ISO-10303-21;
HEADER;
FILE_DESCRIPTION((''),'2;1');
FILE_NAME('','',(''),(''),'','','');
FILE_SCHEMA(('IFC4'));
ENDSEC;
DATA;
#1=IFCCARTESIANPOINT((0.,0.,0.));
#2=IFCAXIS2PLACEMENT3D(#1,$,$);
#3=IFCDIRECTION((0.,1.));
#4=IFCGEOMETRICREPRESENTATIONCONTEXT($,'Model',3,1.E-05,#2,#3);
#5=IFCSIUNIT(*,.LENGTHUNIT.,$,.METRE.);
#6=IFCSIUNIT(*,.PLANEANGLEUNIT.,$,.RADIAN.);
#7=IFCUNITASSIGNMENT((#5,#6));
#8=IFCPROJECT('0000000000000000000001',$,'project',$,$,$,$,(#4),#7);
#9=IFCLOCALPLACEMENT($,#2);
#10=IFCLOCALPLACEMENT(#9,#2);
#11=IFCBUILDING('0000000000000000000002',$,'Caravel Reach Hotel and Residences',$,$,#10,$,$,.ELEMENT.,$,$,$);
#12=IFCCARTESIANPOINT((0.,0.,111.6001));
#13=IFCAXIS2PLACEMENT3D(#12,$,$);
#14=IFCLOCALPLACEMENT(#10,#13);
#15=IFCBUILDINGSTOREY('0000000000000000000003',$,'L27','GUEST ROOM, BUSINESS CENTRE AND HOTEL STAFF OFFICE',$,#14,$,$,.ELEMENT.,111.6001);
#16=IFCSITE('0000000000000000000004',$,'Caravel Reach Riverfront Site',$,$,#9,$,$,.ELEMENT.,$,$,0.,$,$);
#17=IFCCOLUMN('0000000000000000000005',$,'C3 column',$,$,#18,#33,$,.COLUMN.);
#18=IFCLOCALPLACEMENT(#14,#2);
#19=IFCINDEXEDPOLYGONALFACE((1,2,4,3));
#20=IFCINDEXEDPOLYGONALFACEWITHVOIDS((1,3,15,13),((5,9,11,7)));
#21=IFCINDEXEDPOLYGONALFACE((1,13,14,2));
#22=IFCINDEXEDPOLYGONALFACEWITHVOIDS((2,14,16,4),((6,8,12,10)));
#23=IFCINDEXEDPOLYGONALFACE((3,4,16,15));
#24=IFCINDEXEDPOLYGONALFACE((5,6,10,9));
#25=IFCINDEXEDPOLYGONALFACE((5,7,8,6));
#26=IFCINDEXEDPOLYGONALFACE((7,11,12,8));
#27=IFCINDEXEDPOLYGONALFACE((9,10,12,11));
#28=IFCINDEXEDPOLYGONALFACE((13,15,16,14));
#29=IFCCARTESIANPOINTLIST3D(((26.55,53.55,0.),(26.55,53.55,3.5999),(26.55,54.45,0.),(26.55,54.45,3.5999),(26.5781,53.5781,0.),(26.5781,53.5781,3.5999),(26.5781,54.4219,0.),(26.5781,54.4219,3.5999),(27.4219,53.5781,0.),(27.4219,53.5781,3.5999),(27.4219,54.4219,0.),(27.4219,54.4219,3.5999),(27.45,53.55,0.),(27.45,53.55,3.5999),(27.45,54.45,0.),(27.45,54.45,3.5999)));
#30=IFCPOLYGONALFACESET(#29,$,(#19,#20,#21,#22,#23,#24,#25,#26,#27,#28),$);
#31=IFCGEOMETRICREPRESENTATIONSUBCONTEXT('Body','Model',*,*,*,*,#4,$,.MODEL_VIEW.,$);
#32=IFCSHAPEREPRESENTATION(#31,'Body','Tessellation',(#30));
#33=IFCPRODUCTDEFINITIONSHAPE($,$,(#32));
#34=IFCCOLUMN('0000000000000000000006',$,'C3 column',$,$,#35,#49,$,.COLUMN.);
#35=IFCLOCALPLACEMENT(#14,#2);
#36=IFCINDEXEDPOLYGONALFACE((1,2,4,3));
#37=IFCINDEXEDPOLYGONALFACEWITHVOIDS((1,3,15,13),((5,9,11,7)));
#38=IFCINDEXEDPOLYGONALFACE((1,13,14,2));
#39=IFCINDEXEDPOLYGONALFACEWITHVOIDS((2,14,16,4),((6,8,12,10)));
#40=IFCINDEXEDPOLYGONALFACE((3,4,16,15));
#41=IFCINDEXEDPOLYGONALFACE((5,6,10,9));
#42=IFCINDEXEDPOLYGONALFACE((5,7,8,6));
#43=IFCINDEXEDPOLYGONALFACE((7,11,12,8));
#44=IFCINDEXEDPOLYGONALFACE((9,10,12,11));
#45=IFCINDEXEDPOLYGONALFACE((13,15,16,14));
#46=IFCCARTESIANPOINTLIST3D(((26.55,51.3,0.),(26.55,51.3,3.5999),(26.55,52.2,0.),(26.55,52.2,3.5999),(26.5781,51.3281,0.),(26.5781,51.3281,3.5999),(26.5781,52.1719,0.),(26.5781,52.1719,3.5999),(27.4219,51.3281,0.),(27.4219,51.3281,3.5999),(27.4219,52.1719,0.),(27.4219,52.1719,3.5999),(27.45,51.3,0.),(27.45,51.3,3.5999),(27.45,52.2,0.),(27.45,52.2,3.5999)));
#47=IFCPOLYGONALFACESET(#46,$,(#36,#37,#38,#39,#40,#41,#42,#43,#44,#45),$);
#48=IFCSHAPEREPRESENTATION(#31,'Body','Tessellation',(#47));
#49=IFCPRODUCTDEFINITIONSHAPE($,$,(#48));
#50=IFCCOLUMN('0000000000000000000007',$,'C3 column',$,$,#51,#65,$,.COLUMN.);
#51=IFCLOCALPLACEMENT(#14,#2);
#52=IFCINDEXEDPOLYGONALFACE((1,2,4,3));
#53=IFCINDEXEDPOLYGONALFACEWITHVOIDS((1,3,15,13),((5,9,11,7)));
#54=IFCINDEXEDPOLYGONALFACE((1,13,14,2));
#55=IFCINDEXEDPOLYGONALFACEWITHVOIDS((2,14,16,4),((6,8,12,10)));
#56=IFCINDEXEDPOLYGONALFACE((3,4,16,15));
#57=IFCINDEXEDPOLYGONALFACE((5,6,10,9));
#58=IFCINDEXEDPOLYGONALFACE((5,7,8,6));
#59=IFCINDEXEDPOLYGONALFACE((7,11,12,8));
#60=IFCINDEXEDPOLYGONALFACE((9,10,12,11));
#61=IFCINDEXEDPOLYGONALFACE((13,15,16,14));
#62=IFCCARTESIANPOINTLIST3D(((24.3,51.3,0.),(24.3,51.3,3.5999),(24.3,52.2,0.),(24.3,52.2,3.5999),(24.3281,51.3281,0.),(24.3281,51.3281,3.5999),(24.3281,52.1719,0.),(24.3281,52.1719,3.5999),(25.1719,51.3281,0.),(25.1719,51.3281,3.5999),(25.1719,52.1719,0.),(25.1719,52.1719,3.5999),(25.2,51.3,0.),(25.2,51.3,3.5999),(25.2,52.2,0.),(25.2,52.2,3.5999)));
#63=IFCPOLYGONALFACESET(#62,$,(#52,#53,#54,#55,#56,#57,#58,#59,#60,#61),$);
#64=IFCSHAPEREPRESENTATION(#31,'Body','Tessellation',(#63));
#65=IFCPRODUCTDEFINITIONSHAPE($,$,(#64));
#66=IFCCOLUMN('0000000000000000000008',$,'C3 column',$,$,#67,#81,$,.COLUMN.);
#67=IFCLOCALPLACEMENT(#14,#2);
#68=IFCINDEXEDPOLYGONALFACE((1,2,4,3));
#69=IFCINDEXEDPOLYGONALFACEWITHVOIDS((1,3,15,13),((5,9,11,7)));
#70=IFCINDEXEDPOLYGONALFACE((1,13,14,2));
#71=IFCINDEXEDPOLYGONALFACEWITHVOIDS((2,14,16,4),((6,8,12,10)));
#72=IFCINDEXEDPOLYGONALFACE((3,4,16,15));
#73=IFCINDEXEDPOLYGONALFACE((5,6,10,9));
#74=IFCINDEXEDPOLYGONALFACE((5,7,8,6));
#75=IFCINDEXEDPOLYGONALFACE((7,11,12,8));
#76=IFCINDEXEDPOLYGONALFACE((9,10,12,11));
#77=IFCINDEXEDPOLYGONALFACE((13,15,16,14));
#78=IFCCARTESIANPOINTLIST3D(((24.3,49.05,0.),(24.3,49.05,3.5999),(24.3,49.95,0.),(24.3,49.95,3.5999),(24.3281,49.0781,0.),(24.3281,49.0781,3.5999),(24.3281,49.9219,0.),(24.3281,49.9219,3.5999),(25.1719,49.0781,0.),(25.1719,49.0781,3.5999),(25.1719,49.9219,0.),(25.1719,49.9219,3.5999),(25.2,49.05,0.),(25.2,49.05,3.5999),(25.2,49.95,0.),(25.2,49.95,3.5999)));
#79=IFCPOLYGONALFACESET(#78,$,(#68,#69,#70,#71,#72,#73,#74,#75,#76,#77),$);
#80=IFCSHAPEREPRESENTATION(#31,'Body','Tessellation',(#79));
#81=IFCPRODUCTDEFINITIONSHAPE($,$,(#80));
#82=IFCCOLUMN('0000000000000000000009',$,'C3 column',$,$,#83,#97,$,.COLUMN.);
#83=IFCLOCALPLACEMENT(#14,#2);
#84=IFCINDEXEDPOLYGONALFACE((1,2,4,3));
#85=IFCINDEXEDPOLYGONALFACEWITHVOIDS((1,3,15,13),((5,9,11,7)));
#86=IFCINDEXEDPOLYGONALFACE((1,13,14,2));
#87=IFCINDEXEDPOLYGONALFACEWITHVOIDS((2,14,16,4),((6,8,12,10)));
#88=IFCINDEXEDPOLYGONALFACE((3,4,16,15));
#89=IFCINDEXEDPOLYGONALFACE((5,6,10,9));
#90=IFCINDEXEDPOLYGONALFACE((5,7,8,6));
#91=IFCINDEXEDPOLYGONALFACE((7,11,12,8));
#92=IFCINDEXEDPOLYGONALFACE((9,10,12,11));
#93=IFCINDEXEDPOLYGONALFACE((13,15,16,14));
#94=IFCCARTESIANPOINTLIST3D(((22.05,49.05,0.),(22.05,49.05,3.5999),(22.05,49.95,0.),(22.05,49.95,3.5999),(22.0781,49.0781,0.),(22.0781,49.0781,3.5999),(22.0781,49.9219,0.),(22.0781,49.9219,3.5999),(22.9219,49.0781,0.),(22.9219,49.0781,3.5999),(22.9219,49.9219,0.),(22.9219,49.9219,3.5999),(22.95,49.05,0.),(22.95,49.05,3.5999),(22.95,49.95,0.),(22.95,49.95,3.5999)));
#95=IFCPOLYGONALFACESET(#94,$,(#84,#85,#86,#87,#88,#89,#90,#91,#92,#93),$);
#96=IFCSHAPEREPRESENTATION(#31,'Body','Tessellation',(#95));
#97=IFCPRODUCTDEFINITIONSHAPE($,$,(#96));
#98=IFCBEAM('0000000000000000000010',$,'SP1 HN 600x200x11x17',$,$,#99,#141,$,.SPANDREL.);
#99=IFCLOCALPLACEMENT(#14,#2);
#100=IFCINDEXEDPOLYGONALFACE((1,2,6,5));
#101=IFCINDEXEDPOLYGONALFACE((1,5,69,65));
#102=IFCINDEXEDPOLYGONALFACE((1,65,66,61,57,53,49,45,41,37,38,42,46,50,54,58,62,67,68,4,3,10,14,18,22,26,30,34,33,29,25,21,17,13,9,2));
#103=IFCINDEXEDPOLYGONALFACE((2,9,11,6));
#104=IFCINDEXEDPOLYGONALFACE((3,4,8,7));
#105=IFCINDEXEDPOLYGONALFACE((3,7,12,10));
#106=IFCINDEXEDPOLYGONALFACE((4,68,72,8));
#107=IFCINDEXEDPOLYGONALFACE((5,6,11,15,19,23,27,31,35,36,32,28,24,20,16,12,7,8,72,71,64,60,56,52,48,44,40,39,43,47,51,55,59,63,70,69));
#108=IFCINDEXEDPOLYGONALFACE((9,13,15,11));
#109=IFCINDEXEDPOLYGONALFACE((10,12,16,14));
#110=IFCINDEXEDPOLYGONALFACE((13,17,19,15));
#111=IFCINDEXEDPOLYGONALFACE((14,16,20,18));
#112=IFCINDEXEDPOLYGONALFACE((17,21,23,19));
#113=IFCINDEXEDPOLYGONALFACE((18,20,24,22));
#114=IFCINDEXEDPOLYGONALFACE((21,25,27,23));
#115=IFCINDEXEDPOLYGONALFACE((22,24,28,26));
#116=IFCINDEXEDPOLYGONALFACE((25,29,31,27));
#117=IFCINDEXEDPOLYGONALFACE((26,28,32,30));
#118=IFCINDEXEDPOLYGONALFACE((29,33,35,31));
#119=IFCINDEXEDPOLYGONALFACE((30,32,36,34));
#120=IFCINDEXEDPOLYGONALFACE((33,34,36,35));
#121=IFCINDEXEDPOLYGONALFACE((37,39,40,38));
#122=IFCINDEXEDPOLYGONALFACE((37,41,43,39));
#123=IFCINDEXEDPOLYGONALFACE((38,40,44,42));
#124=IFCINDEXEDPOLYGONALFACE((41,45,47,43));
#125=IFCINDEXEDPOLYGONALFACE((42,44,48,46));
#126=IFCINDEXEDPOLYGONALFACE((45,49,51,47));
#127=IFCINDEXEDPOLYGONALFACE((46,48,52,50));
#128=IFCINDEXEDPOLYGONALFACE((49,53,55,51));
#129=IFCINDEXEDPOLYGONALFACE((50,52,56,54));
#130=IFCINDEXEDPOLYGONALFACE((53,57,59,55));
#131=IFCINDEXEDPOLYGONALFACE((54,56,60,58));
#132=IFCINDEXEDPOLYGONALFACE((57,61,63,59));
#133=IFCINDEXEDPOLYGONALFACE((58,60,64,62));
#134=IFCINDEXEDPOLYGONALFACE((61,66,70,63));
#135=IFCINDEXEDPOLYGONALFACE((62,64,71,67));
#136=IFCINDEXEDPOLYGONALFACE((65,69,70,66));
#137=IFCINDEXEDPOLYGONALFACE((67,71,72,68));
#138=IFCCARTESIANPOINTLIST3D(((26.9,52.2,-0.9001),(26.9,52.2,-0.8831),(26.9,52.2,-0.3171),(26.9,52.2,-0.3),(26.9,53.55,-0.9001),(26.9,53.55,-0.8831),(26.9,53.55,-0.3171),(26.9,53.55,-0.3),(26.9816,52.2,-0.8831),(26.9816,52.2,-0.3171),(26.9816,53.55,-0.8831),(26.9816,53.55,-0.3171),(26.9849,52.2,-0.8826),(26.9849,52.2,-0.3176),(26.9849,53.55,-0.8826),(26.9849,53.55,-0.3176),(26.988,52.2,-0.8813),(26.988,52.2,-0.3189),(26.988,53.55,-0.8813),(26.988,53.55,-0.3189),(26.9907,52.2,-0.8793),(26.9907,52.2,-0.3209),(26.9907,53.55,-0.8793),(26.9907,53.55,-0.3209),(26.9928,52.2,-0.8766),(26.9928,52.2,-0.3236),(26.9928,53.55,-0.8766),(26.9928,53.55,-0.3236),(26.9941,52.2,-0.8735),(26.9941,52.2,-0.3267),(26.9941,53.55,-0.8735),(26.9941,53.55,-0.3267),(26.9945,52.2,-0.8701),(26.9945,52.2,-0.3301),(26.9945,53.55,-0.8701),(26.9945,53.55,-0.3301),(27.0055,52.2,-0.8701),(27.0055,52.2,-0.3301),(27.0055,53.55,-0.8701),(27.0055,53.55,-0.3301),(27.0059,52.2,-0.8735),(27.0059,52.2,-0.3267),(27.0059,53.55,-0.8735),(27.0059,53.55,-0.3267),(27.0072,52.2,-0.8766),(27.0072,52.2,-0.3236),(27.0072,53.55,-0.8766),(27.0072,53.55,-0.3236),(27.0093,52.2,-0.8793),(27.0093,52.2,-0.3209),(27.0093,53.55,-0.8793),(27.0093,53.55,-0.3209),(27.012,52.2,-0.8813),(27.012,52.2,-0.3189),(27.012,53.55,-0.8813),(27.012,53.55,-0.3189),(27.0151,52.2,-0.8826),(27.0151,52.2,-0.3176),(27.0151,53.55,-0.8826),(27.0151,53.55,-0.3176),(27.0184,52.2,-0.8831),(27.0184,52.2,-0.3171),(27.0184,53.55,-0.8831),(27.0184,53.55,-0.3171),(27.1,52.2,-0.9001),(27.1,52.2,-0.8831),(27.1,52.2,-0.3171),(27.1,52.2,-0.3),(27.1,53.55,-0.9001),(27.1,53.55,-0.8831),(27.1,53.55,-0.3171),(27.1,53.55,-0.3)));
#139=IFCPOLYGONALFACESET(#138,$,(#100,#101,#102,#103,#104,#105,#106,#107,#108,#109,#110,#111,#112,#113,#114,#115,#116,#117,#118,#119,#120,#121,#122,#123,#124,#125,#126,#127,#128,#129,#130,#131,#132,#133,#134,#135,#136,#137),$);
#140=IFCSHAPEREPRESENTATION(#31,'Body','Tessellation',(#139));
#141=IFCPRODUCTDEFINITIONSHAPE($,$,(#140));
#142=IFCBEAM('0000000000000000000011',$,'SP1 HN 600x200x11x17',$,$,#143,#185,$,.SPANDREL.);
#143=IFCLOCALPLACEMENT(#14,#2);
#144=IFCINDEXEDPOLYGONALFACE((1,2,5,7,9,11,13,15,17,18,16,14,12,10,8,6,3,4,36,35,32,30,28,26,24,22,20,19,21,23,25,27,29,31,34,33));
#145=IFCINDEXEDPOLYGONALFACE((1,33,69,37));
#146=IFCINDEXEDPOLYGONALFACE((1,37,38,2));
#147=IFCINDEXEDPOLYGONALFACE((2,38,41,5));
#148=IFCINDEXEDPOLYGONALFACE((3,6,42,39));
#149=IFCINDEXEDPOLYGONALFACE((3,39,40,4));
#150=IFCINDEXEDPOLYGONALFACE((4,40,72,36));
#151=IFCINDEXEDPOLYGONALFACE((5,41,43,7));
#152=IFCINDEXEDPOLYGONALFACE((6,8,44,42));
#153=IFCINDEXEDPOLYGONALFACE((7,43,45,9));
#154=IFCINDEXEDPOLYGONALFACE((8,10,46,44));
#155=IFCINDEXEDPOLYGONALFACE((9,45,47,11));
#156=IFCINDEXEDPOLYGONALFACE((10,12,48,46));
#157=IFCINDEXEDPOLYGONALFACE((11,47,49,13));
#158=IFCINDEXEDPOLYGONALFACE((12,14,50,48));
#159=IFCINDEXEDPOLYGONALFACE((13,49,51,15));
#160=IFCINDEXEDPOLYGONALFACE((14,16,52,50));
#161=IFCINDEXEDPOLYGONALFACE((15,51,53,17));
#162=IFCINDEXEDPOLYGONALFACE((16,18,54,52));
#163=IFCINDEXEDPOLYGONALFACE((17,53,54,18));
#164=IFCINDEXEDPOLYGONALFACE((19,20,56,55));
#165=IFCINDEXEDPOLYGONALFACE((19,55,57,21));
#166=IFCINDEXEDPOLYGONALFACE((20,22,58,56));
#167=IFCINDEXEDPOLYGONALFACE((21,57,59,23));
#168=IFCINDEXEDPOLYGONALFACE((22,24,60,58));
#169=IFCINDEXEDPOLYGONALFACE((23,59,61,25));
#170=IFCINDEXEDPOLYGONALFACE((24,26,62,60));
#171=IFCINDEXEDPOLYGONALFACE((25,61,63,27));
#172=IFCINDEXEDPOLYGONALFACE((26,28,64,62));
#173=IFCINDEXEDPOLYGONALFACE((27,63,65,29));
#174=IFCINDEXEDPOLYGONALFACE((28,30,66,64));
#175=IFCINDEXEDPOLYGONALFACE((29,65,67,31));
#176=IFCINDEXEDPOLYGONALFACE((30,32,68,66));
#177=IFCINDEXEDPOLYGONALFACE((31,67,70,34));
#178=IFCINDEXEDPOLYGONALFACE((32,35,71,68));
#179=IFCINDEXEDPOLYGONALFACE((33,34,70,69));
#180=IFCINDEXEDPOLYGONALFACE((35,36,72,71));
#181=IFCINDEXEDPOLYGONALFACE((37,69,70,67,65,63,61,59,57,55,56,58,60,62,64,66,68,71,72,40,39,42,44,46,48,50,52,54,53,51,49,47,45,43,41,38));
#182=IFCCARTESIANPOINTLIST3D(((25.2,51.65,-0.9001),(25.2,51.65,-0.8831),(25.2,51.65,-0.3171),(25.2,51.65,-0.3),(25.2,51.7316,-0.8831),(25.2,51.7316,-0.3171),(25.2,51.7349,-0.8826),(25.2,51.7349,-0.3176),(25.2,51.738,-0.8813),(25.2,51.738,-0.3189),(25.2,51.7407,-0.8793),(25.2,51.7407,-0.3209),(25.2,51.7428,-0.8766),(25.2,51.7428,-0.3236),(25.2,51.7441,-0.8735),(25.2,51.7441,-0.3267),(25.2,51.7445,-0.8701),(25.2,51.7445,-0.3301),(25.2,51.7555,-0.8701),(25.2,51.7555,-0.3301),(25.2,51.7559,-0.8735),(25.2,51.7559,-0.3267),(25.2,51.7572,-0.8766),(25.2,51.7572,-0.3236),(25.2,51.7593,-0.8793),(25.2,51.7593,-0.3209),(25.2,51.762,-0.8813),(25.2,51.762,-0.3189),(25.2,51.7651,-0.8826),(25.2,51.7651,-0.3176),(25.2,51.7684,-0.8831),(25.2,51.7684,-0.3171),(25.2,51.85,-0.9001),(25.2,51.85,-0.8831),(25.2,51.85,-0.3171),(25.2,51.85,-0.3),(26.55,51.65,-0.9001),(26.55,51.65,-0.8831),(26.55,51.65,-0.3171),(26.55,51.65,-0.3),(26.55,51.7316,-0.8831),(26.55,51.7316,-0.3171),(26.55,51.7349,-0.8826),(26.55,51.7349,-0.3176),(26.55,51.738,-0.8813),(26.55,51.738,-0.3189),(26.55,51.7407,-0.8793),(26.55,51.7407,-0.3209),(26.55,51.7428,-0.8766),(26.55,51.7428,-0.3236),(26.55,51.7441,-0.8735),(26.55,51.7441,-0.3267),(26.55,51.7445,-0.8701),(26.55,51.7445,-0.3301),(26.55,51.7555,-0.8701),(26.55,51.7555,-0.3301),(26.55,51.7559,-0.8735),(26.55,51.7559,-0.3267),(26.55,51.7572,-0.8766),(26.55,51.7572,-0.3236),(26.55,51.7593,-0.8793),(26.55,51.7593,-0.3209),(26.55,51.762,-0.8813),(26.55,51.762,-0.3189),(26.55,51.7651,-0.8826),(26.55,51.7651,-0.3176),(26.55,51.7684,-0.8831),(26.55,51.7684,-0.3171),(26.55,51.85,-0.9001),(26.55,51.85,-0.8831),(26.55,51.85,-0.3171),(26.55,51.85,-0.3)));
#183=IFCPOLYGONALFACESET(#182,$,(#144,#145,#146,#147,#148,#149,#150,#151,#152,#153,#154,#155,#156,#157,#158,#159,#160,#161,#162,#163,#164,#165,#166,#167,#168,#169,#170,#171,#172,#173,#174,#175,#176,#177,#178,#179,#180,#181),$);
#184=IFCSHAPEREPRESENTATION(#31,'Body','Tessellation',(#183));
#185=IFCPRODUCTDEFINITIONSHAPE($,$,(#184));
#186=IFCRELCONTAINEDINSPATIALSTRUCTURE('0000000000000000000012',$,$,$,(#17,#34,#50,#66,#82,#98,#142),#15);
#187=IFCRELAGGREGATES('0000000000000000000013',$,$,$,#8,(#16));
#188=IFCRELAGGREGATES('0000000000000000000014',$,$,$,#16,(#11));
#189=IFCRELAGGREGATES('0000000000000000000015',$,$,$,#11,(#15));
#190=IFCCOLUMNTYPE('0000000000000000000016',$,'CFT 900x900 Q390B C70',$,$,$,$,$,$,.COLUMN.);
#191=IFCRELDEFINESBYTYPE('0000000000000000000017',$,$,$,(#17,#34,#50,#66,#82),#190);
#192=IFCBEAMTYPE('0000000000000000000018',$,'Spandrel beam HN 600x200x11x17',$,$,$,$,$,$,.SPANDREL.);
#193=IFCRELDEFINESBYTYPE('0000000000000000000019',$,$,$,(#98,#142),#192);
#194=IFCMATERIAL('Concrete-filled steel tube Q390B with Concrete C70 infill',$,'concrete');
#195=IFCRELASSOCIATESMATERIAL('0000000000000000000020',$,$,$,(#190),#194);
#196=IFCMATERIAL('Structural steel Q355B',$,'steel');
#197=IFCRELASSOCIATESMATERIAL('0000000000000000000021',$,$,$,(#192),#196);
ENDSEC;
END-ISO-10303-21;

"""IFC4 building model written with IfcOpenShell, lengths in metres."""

from ifc_helpers import new_model, si_unit, direction, frame, origin, origin_2d, place, context, subcontext, project, spatial, hollow_rectangle, i_section, extrude, material, material_profile, profile_set, type_object, element, save


model = new_model("IFC4")

# Units and contexts
model_context = context("Model", 3, precision=1e-05, world=origin(), true_north=direction((0.0, 1.0)))
body_context = subcontext(model_context, "Body", "Model", "MODEL_VIEW")
ifc_project = project(units=[si_unit("LENGTHUNIT", "METRE"), si_unit("PLANEANGLEUNIT", "RADIAN")], contexts=[model_context])

# Site, building, storey
site_placement = place(None, origin())
site = spatial("IfcSite", under=ifc_project, at=site_placement, Name="Caravel Reach Riverfront Site", CompositionType="ELEMENT", RefElevation=0.0)
building_placement = place(site_placement, origin())
building = spatial("IfcBuilding", under=site, at=building_placement, Name="Caravel Reach Hotel and Residences", CompositionType="ELEMENT")
storey_placement = place(building_placement, frame((0.0, 0.0, 111.6001)))
storey = spatial("IfcBuildingStorey", under=building, at=storey_placement, Name="L27", Description="GUEST ROOM, BUSINESS CENTRE AND HOTEL STAFF OFFICE", CompositionType="ELEMENT", Elevation=111.6001)

# Columns
ifc_material_1 = material(Name="Concrete-filled steel tube Q390B with Concrete C70 infill", Category="concrete")
ifc_material_profile_1 = material_profile(ifc_material_1, hollow_rectangle(XDim=0.8999, YDim=0.8999, WallThickness=0.0281, at=origin_2d()), Name="RHS 900x900x28")
ifc_profile_set_1 = profile_set([ifc_material_profile_1], Name="Concrete-filled steel tube Q390B with Concrete C70 infill")
column_type = type_object("IfcColumnType", Name="CFT 900x900 Q390B C70", PredefinedType="COLUMN", material=ifc_profile_set_1)
for number, where, z_axis, x_axis, name in (
    (1, (27.0, 54.0, 0.0), (0.0, 0.0, 1.0), (1.0, 0.0, 0.0), "C3 column"),
    (2, (27.0, 51.75, 0.0), (0.0, 0.0, 1.0), (1.0, 0.0, 0.0), "C3 column"),
    (3, (24.75, 51.75, 0.0), (0.0, 0.0, 1.0), (1.0, 0.0, 0.0), "C3 column"),
    (4, (24.75, 49.5, 0.0), (0.0, 0.0, 1.0), (1.0, 0.0, 0.0), "C3 column"),
    (5, (22.5, 49.5, 0.0), (0.0, 0.0, 1.0), (1.0, 0.0, 0.0), "C3 column"),
):
    element("IfcColumn", number, at=place(storey_placement, frame(where, z_axis=z_axis, x_axis=x_axis)), inside=storey, type_object=column_type, Name=name, PredefinedType="COLUMN", context=body_context, shape_type="SweptSolid", body=[
        extrude(hollow_rectangle(XDim=0.8999, YDim=0.8999, WallThickness=0.0281, at=origin_2d()), origin(), (0.0, 0.0, 1.0), 3.5999),
    ])

# Beams
ifc_material_2 = material(Name="Structural steel Q355B", Category="steel")
ifc_material_profile_2 = material_profile(ifc_material_2, i_section(OverallWidth=0.2, OverallDepth=0.6001, WebThickness=0.011, FlangeThickness=0.0171, FilletRadius=0.0129, at=origin_2d()), Name="HN 600x200x11x17")
ifc_profile_set_2 = profile_set([ifc_material_profile_2], Name="Structural steel Q355B")
beam_type = type_object("IfcBeamType", Name="Spandrel beam HN 600x200x11x17", PredefinedType="SPANDREL", material=ifc_profile_set_2)
for number, where, z_axis, x_axis, name in (
    (6, (27.0, 53.55, -0.6001), (0.0, -1.0, 0.0), (1.0, 0.0, 0.0), "SP1 HN 600x200x11x17"),
    (7, (26.55, 51.75, -0.6001), (-1.0, 0.0, 0.0), (0.0, -1.0, 0.0), "SP1 HN 600x200x11x17"),
):
    element("IfcBeam", number, at=place(storey_placement, frame(where, z_axis=z_axis, x_axis=x_axis)), inside=storey, type_object=beam_type, Name=name, PredefinedType="SPANDREL", context=body_context, shape_type="SweptSolid", body=[
        extrude(i_section(OverallWidth=0.2, OverallDepth=0.6001, WebThickness=0.011, FlangeThickness=0.0171, FilletRadius=0.0129, at=origin_2d()), origin(), (0.0, 0.0, 1.0), 1.3501),
    ])

save(model, "model.ifc")
